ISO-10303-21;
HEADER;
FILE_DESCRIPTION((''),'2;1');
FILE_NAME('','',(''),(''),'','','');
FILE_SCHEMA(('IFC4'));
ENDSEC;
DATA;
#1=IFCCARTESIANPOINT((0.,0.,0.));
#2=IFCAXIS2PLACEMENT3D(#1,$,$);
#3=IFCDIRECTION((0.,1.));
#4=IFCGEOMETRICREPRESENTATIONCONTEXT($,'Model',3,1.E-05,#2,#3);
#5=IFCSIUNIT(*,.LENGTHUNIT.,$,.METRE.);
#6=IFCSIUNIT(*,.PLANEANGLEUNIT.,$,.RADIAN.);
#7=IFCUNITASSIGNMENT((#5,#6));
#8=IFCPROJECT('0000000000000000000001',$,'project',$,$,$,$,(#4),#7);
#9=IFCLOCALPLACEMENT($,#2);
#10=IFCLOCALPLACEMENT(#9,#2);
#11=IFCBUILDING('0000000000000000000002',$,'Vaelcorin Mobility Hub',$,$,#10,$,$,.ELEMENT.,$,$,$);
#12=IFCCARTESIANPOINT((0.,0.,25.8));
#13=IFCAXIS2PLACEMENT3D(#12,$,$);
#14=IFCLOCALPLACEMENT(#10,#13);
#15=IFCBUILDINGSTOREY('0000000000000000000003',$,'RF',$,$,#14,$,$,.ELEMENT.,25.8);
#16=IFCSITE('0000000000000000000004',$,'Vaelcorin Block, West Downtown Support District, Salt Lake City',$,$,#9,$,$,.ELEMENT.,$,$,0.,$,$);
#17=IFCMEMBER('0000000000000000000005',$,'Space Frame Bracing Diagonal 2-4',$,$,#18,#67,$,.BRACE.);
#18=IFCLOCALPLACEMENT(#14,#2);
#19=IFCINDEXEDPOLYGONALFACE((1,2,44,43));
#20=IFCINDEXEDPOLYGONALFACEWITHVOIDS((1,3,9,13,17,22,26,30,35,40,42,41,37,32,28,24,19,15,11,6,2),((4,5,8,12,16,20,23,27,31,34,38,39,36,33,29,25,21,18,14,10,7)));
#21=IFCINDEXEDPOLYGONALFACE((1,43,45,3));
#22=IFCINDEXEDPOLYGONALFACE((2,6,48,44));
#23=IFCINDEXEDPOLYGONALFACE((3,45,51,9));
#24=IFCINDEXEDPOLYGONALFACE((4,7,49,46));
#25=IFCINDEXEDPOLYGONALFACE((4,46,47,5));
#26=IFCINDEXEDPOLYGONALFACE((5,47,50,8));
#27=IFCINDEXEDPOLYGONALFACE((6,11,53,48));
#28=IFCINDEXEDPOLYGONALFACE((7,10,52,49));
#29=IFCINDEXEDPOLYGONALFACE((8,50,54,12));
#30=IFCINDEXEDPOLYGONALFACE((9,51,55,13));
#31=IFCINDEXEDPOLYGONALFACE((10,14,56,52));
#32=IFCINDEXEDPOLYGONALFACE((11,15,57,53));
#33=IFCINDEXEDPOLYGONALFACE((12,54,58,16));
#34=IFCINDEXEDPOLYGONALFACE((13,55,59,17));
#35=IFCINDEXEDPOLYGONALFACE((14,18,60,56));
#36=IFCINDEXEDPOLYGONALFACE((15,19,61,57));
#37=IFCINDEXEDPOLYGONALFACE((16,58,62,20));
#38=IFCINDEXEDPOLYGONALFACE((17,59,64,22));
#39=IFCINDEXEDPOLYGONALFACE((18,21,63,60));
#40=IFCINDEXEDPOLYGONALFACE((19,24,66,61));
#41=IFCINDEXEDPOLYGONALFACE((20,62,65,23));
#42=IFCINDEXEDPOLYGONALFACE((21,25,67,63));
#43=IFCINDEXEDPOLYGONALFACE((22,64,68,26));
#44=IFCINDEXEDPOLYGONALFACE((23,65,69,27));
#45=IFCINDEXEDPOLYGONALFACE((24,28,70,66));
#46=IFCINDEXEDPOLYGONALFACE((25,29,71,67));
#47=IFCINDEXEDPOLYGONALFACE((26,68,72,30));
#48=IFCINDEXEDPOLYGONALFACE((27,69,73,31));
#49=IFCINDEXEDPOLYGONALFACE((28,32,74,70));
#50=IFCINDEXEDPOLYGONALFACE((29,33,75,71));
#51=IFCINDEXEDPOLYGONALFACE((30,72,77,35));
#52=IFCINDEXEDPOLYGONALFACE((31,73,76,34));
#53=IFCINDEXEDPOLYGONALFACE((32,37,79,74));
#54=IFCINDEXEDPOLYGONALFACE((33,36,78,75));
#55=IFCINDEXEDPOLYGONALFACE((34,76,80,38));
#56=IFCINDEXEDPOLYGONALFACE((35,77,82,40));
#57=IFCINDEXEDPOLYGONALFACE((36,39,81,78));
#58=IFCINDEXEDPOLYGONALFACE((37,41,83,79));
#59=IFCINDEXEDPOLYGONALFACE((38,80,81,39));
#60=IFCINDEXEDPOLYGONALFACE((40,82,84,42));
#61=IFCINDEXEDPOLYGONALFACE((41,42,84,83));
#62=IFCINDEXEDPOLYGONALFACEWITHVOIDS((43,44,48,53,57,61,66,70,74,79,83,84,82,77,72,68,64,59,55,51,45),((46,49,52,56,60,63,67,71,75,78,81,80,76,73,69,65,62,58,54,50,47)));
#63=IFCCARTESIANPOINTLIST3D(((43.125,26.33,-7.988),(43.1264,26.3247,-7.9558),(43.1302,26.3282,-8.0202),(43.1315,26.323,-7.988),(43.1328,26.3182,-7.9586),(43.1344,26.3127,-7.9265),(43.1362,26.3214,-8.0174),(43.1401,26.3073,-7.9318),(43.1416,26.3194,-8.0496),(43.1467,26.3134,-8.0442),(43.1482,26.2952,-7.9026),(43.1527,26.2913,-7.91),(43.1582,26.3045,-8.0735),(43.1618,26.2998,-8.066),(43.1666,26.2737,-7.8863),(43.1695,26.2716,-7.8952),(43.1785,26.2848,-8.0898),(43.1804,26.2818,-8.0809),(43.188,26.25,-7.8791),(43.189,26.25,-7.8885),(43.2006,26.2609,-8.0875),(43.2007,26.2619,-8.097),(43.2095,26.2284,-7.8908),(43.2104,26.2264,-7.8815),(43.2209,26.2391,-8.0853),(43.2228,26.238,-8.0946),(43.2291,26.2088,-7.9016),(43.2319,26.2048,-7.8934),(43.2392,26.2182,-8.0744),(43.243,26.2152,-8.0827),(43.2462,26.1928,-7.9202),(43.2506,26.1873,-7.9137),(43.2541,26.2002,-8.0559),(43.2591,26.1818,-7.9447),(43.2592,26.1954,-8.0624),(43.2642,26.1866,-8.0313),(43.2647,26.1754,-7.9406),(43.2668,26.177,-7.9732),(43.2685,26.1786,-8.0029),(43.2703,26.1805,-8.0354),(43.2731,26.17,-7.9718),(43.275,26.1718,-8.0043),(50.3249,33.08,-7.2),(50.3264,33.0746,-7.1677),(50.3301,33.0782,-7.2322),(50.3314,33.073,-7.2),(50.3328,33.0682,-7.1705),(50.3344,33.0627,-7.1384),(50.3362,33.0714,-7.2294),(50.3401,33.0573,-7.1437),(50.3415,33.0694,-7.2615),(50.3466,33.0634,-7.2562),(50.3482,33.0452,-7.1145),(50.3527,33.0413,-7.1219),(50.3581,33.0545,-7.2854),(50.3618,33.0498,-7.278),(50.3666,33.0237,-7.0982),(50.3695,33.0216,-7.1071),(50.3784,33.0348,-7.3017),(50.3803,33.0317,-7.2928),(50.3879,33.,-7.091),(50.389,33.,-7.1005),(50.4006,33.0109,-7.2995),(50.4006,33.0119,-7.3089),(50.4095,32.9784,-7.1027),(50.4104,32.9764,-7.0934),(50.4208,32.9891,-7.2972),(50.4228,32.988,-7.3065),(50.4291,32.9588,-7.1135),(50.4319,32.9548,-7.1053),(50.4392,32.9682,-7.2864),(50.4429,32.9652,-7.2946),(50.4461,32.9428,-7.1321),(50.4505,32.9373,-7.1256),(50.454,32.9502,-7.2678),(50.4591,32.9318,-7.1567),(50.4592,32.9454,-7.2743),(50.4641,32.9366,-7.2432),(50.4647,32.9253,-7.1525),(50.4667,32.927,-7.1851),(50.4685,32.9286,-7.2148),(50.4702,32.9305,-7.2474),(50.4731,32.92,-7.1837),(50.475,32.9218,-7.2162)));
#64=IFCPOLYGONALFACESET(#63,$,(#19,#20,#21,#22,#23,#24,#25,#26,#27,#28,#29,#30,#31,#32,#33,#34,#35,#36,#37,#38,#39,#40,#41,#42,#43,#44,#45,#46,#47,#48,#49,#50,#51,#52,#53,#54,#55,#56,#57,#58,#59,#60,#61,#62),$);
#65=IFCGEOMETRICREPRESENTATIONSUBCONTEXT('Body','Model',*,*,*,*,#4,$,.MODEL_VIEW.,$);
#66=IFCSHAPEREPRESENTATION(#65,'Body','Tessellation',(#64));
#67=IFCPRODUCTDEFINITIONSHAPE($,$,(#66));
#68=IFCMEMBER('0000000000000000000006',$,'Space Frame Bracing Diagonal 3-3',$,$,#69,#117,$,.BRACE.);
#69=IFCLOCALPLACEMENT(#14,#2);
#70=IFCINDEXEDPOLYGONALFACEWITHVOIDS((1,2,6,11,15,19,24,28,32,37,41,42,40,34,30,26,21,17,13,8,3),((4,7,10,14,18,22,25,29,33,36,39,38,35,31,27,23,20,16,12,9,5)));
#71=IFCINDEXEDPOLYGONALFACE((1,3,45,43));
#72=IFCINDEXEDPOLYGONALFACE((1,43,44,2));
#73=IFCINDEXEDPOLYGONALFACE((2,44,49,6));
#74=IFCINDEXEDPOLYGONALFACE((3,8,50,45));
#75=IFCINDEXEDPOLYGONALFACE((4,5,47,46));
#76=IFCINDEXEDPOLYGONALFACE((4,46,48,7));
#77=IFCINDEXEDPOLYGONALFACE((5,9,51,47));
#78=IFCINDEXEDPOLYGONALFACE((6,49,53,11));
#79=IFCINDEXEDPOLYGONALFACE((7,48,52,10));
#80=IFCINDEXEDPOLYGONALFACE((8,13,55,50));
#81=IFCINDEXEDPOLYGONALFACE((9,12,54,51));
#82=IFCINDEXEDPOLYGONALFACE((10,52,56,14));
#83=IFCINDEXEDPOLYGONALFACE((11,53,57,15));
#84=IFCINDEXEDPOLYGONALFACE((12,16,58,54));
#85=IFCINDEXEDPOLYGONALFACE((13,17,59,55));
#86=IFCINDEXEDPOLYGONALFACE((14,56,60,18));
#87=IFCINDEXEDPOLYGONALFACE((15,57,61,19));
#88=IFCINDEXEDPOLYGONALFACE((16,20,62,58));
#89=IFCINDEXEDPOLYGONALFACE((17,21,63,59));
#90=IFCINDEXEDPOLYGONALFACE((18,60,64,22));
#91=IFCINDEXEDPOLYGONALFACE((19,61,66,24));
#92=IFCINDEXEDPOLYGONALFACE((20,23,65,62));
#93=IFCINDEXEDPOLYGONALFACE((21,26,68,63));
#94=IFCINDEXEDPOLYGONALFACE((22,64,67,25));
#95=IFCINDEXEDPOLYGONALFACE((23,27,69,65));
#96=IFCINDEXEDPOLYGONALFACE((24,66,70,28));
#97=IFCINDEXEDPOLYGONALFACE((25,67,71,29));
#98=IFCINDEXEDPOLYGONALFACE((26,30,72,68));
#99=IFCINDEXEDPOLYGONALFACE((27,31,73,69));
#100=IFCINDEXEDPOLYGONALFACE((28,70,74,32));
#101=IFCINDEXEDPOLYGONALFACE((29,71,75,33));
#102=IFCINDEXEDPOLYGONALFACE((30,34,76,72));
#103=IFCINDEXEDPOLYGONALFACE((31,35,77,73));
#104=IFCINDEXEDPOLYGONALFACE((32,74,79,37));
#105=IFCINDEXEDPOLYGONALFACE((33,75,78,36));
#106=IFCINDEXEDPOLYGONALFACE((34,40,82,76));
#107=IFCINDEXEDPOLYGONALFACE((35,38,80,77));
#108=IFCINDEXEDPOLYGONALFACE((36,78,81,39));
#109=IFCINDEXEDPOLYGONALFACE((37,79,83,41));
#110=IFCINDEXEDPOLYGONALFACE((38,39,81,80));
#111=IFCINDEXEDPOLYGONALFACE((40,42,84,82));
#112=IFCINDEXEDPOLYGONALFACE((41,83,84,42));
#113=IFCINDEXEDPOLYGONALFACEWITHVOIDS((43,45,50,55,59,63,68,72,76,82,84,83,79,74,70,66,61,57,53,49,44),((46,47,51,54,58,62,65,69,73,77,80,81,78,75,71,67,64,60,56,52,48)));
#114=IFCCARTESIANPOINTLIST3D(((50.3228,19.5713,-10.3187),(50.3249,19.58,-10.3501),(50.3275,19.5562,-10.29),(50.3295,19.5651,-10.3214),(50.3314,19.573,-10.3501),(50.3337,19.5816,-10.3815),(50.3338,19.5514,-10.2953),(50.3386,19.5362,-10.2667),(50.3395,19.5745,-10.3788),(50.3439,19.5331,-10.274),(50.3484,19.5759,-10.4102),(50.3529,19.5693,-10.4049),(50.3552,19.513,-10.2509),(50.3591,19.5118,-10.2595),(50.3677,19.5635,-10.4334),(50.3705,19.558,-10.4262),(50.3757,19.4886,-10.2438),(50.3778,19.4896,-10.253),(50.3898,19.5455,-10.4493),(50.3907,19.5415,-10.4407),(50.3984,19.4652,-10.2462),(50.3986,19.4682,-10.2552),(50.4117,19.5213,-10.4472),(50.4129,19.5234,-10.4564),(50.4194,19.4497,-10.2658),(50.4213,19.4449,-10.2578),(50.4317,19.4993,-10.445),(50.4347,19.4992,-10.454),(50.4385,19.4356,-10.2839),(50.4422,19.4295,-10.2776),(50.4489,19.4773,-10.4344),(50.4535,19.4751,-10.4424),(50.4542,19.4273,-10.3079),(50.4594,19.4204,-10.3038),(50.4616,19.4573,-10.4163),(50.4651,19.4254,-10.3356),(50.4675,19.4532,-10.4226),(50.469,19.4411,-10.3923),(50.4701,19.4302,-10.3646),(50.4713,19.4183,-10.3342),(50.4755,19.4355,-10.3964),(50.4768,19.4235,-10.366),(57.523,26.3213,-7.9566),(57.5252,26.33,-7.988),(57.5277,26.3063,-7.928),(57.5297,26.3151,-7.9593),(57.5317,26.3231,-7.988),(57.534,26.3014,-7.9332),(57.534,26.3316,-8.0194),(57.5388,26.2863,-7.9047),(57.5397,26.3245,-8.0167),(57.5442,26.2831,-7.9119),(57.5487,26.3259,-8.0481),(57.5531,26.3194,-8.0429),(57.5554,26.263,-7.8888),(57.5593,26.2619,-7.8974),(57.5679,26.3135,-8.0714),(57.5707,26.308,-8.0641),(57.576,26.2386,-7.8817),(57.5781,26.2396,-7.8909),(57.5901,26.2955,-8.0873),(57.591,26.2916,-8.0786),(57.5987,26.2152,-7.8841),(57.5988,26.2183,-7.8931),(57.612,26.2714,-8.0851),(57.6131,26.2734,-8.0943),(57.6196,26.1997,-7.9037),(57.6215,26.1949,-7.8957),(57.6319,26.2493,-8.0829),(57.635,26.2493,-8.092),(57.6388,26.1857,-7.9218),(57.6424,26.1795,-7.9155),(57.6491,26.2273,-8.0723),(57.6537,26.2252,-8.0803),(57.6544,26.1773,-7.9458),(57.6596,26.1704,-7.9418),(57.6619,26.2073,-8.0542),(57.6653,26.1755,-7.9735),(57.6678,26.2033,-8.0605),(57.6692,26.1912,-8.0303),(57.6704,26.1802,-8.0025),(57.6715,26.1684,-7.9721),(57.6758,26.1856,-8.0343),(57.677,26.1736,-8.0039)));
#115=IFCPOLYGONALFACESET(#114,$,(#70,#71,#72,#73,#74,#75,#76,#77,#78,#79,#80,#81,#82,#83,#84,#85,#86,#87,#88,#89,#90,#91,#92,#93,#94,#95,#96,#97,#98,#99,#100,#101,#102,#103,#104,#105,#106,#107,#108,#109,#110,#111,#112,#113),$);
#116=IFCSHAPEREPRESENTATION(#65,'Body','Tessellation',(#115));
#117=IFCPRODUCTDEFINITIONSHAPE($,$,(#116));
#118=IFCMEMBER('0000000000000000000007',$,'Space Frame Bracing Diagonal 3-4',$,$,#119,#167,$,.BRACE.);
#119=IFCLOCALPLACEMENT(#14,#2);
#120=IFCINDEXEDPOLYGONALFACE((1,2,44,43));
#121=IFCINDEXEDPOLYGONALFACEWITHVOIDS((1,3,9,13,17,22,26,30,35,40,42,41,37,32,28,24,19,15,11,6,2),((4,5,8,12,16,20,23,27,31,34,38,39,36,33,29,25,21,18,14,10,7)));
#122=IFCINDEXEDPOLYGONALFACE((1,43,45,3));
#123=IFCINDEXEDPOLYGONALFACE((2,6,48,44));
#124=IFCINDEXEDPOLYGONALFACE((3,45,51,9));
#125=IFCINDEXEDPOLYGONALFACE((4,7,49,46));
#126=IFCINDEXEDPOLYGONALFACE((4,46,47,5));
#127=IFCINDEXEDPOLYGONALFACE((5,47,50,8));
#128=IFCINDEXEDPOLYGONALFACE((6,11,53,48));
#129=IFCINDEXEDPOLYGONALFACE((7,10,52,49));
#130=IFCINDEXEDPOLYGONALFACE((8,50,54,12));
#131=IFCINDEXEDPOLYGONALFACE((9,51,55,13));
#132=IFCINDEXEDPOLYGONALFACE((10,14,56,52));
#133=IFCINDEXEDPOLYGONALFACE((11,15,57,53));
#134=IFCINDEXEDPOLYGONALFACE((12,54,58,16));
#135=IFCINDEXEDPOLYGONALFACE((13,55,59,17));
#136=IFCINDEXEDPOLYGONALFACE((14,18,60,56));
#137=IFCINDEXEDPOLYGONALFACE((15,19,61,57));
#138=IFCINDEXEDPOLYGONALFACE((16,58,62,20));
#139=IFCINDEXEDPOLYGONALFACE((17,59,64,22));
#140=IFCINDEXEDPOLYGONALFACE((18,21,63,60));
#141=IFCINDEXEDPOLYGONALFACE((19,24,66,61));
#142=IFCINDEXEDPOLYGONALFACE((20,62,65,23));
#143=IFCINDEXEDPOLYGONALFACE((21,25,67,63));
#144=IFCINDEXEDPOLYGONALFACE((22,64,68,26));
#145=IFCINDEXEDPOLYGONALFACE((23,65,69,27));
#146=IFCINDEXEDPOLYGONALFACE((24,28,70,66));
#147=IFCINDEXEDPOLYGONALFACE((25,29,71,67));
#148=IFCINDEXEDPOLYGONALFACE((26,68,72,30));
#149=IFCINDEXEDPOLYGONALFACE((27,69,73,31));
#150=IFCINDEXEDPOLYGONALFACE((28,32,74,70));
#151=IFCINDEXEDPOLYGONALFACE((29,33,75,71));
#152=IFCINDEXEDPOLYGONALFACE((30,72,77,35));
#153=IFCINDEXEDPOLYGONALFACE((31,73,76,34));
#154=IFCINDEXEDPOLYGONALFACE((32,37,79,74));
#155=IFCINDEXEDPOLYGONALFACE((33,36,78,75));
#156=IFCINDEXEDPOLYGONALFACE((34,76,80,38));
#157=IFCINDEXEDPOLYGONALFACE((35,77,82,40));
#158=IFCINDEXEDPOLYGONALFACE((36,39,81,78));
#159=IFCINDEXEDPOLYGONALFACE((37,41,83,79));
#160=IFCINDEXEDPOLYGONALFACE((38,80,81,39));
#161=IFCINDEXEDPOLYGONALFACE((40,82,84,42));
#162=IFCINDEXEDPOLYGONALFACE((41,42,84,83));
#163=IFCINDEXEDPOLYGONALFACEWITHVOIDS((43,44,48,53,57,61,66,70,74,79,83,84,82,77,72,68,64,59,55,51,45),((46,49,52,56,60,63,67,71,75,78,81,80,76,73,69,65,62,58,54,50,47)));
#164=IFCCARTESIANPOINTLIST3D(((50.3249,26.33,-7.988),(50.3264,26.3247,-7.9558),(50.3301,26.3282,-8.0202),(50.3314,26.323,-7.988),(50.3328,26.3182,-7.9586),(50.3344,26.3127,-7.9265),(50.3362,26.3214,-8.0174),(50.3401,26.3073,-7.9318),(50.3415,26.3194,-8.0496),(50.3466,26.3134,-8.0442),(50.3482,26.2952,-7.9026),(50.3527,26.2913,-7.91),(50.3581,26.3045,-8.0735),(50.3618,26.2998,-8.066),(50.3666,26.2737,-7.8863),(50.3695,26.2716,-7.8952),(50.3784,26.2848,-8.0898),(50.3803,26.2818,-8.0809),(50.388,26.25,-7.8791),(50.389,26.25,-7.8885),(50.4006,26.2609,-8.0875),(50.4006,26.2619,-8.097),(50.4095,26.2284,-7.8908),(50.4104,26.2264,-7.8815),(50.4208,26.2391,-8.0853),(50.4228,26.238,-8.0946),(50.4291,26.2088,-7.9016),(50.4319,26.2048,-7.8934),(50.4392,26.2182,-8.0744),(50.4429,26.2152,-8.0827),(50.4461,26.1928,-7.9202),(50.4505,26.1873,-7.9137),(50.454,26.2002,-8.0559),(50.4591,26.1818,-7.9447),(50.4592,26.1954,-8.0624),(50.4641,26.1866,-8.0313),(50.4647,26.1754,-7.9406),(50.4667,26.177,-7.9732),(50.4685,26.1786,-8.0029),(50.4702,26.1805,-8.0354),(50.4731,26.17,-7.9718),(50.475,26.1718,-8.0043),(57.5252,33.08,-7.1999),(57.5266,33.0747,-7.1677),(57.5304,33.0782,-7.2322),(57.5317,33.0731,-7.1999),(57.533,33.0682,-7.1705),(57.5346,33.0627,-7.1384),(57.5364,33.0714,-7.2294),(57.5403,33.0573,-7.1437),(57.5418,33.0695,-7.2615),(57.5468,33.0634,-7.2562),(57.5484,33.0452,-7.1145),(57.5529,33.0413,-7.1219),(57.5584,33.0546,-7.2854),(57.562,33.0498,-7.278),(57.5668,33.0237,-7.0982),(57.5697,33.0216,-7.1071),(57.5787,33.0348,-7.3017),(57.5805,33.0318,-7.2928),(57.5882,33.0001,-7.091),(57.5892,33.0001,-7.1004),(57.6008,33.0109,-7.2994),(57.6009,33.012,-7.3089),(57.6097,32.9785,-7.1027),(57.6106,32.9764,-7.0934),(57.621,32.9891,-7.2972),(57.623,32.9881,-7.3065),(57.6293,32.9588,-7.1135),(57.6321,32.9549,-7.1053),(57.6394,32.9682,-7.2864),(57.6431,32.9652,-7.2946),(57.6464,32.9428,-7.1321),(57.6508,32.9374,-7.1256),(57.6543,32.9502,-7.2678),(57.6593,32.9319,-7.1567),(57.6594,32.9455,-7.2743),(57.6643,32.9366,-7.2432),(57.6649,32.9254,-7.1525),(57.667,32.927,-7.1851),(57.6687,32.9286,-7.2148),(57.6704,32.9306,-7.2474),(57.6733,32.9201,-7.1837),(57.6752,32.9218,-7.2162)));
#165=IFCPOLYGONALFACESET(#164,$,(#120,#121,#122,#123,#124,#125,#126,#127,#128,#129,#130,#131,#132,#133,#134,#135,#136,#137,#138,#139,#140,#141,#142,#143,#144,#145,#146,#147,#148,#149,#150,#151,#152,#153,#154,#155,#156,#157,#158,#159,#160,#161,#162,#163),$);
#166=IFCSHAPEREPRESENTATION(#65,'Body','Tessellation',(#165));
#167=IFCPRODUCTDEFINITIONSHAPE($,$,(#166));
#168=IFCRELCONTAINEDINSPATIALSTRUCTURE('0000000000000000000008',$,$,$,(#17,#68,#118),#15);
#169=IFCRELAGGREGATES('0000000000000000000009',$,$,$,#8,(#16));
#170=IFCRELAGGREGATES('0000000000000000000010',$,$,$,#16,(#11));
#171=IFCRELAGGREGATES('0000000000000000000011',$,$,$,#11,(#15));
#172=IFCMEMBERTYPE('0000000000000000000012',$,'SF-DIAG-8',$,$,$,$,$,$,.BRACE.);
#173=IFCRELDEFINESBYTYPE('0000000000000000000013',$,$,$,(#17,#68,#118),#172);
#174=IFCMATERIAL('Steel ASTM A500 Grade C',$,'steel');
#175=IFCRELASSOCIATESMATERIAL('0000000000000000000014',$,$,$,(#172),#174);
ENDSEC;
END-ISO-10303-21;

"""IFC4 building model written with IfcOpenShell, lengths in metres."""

from ifc_helpers import new_model, si_unit, direction, frame, origin, origin_2d, place, context, subcontext, project, spatial, hollow_circle, extrude, material, material_profile, profile_set, type_object, element, save


model = new_model("IFC4")

# Units and contexts
model_context = context("Model", 3, precision=1e-05, world=origin(), true_north=direction((0.0, 1.0)))
body_context = subcontext(model_context, "Body", "Model", "MODEL_VIEW")
ifc_project = project(units=[si_unit("LENGTHUNIT", "METRE"), si_unit("PLANEANGLEUNIT", "RADIAN")], contexts=[model_context])

# Site, building, storey
site_placement = place(None, origin())
site = spatial("IfcSite", under=ifc_project, at=site_placement, Name="Vaelcorin Block, West Downtown Support District, Salt Lake City", CompositionType="ELEMENT", RefElevation=0.0)
building_placement = place(site_placement, origin())
building = spatial("IfcBuilding", under=site, at=building_placement, Name="Vaelcorin Mobility Hub", CompositionType="ELEMENT")
storey_placement = place(building_placement, frame((0.0, 0.0, 25.8)))
storey = spatial("IfcBuildingStorey", under=building, at=storey_placement, Name="RF", CompositionType="ELEMENT", Elevation=25.8)

# Members
ifc_material_1 = material(Name="Steel ASTM A500 Grade C", Category="steel")
ifc_material_profile_1 = material_profile(ifc_material_1, hollow_circle(Radius=0.1096, WallThickness=0.0095, at=origin_2d()), Name="HSS8.625X0.375")
ifc_profile_set_1 = profile_set([ifc_material_profile_1], Name="Steel ASTM A500 Grade C")
member_type_1 = type_object("IfcMemberType", Name="SF-DIAG-8", PredefinedType="BRACE", material=ifc_profile_set_1)
member_1_placement = place(storey_placement, frame((43.2, 26.25, -7.988), z_axis=(0.72722, 0.681773, 0.079599), x_axis=(-0.683944, 0.729535, 0.0)))
element("IfcMember", 1, at=member_1_placement, inside=storey, type_object=member_type_1, Name="Space Frame Bracing Diagonal 2-4", PredefinedType="BRACE", context=body_context, shape_type="SweptSolid", body=[
    extrude(hollow_circle(Radius=0.1096, WallThickness=0.0095, at=origin_2d()), origin(), (0.0, 0.0, 1.0), 9.9006),
])
member_2_placement = place(storey_placement, frame((50.3999, 19.5, -10.3501), z_axis=(0.709509, 0.665147, 0.232758), x_axis=(-0.683931, 0.729546, 0.0)))
element("IfcMember", 2, at=member_2_placement, inside=storey, type_object=member_type_1, Name="Space Frame Bracing Diagonal 3-3", PredefinedType="BRACE", context=body_context, shape_type="SweptSolid", body=[
    extrude(hollow_circle(Radius=0.1096, WallThickness=0.0095, at=origin_2d()), origin(), (0.0, 0.0, 1.0), 10.1482),
])
member_3_placement = place(storey_placement, frame((50.3999, 26.25, -7.988), z_axis=(0.727232, 0.681761, 0.079598), x_axis=(-0.683931, 0.729546, 0.0)))
element("IfcMember", 3, at=member_3_placement, inside=storey, type_object=member_type_1, Name="Space Frame Bracing Diagonal 3-4", PredefinedType="BRACE", context=body_context, shape_type="SweptSolid", body=[
    extrude(hollow_circle(Radius=0.1096, WallThickness=0.0095, at=origin_2d()), origin(), (0.0, 0.0, 1.0), 9.9009),
])

save(model, "model.ifc")
